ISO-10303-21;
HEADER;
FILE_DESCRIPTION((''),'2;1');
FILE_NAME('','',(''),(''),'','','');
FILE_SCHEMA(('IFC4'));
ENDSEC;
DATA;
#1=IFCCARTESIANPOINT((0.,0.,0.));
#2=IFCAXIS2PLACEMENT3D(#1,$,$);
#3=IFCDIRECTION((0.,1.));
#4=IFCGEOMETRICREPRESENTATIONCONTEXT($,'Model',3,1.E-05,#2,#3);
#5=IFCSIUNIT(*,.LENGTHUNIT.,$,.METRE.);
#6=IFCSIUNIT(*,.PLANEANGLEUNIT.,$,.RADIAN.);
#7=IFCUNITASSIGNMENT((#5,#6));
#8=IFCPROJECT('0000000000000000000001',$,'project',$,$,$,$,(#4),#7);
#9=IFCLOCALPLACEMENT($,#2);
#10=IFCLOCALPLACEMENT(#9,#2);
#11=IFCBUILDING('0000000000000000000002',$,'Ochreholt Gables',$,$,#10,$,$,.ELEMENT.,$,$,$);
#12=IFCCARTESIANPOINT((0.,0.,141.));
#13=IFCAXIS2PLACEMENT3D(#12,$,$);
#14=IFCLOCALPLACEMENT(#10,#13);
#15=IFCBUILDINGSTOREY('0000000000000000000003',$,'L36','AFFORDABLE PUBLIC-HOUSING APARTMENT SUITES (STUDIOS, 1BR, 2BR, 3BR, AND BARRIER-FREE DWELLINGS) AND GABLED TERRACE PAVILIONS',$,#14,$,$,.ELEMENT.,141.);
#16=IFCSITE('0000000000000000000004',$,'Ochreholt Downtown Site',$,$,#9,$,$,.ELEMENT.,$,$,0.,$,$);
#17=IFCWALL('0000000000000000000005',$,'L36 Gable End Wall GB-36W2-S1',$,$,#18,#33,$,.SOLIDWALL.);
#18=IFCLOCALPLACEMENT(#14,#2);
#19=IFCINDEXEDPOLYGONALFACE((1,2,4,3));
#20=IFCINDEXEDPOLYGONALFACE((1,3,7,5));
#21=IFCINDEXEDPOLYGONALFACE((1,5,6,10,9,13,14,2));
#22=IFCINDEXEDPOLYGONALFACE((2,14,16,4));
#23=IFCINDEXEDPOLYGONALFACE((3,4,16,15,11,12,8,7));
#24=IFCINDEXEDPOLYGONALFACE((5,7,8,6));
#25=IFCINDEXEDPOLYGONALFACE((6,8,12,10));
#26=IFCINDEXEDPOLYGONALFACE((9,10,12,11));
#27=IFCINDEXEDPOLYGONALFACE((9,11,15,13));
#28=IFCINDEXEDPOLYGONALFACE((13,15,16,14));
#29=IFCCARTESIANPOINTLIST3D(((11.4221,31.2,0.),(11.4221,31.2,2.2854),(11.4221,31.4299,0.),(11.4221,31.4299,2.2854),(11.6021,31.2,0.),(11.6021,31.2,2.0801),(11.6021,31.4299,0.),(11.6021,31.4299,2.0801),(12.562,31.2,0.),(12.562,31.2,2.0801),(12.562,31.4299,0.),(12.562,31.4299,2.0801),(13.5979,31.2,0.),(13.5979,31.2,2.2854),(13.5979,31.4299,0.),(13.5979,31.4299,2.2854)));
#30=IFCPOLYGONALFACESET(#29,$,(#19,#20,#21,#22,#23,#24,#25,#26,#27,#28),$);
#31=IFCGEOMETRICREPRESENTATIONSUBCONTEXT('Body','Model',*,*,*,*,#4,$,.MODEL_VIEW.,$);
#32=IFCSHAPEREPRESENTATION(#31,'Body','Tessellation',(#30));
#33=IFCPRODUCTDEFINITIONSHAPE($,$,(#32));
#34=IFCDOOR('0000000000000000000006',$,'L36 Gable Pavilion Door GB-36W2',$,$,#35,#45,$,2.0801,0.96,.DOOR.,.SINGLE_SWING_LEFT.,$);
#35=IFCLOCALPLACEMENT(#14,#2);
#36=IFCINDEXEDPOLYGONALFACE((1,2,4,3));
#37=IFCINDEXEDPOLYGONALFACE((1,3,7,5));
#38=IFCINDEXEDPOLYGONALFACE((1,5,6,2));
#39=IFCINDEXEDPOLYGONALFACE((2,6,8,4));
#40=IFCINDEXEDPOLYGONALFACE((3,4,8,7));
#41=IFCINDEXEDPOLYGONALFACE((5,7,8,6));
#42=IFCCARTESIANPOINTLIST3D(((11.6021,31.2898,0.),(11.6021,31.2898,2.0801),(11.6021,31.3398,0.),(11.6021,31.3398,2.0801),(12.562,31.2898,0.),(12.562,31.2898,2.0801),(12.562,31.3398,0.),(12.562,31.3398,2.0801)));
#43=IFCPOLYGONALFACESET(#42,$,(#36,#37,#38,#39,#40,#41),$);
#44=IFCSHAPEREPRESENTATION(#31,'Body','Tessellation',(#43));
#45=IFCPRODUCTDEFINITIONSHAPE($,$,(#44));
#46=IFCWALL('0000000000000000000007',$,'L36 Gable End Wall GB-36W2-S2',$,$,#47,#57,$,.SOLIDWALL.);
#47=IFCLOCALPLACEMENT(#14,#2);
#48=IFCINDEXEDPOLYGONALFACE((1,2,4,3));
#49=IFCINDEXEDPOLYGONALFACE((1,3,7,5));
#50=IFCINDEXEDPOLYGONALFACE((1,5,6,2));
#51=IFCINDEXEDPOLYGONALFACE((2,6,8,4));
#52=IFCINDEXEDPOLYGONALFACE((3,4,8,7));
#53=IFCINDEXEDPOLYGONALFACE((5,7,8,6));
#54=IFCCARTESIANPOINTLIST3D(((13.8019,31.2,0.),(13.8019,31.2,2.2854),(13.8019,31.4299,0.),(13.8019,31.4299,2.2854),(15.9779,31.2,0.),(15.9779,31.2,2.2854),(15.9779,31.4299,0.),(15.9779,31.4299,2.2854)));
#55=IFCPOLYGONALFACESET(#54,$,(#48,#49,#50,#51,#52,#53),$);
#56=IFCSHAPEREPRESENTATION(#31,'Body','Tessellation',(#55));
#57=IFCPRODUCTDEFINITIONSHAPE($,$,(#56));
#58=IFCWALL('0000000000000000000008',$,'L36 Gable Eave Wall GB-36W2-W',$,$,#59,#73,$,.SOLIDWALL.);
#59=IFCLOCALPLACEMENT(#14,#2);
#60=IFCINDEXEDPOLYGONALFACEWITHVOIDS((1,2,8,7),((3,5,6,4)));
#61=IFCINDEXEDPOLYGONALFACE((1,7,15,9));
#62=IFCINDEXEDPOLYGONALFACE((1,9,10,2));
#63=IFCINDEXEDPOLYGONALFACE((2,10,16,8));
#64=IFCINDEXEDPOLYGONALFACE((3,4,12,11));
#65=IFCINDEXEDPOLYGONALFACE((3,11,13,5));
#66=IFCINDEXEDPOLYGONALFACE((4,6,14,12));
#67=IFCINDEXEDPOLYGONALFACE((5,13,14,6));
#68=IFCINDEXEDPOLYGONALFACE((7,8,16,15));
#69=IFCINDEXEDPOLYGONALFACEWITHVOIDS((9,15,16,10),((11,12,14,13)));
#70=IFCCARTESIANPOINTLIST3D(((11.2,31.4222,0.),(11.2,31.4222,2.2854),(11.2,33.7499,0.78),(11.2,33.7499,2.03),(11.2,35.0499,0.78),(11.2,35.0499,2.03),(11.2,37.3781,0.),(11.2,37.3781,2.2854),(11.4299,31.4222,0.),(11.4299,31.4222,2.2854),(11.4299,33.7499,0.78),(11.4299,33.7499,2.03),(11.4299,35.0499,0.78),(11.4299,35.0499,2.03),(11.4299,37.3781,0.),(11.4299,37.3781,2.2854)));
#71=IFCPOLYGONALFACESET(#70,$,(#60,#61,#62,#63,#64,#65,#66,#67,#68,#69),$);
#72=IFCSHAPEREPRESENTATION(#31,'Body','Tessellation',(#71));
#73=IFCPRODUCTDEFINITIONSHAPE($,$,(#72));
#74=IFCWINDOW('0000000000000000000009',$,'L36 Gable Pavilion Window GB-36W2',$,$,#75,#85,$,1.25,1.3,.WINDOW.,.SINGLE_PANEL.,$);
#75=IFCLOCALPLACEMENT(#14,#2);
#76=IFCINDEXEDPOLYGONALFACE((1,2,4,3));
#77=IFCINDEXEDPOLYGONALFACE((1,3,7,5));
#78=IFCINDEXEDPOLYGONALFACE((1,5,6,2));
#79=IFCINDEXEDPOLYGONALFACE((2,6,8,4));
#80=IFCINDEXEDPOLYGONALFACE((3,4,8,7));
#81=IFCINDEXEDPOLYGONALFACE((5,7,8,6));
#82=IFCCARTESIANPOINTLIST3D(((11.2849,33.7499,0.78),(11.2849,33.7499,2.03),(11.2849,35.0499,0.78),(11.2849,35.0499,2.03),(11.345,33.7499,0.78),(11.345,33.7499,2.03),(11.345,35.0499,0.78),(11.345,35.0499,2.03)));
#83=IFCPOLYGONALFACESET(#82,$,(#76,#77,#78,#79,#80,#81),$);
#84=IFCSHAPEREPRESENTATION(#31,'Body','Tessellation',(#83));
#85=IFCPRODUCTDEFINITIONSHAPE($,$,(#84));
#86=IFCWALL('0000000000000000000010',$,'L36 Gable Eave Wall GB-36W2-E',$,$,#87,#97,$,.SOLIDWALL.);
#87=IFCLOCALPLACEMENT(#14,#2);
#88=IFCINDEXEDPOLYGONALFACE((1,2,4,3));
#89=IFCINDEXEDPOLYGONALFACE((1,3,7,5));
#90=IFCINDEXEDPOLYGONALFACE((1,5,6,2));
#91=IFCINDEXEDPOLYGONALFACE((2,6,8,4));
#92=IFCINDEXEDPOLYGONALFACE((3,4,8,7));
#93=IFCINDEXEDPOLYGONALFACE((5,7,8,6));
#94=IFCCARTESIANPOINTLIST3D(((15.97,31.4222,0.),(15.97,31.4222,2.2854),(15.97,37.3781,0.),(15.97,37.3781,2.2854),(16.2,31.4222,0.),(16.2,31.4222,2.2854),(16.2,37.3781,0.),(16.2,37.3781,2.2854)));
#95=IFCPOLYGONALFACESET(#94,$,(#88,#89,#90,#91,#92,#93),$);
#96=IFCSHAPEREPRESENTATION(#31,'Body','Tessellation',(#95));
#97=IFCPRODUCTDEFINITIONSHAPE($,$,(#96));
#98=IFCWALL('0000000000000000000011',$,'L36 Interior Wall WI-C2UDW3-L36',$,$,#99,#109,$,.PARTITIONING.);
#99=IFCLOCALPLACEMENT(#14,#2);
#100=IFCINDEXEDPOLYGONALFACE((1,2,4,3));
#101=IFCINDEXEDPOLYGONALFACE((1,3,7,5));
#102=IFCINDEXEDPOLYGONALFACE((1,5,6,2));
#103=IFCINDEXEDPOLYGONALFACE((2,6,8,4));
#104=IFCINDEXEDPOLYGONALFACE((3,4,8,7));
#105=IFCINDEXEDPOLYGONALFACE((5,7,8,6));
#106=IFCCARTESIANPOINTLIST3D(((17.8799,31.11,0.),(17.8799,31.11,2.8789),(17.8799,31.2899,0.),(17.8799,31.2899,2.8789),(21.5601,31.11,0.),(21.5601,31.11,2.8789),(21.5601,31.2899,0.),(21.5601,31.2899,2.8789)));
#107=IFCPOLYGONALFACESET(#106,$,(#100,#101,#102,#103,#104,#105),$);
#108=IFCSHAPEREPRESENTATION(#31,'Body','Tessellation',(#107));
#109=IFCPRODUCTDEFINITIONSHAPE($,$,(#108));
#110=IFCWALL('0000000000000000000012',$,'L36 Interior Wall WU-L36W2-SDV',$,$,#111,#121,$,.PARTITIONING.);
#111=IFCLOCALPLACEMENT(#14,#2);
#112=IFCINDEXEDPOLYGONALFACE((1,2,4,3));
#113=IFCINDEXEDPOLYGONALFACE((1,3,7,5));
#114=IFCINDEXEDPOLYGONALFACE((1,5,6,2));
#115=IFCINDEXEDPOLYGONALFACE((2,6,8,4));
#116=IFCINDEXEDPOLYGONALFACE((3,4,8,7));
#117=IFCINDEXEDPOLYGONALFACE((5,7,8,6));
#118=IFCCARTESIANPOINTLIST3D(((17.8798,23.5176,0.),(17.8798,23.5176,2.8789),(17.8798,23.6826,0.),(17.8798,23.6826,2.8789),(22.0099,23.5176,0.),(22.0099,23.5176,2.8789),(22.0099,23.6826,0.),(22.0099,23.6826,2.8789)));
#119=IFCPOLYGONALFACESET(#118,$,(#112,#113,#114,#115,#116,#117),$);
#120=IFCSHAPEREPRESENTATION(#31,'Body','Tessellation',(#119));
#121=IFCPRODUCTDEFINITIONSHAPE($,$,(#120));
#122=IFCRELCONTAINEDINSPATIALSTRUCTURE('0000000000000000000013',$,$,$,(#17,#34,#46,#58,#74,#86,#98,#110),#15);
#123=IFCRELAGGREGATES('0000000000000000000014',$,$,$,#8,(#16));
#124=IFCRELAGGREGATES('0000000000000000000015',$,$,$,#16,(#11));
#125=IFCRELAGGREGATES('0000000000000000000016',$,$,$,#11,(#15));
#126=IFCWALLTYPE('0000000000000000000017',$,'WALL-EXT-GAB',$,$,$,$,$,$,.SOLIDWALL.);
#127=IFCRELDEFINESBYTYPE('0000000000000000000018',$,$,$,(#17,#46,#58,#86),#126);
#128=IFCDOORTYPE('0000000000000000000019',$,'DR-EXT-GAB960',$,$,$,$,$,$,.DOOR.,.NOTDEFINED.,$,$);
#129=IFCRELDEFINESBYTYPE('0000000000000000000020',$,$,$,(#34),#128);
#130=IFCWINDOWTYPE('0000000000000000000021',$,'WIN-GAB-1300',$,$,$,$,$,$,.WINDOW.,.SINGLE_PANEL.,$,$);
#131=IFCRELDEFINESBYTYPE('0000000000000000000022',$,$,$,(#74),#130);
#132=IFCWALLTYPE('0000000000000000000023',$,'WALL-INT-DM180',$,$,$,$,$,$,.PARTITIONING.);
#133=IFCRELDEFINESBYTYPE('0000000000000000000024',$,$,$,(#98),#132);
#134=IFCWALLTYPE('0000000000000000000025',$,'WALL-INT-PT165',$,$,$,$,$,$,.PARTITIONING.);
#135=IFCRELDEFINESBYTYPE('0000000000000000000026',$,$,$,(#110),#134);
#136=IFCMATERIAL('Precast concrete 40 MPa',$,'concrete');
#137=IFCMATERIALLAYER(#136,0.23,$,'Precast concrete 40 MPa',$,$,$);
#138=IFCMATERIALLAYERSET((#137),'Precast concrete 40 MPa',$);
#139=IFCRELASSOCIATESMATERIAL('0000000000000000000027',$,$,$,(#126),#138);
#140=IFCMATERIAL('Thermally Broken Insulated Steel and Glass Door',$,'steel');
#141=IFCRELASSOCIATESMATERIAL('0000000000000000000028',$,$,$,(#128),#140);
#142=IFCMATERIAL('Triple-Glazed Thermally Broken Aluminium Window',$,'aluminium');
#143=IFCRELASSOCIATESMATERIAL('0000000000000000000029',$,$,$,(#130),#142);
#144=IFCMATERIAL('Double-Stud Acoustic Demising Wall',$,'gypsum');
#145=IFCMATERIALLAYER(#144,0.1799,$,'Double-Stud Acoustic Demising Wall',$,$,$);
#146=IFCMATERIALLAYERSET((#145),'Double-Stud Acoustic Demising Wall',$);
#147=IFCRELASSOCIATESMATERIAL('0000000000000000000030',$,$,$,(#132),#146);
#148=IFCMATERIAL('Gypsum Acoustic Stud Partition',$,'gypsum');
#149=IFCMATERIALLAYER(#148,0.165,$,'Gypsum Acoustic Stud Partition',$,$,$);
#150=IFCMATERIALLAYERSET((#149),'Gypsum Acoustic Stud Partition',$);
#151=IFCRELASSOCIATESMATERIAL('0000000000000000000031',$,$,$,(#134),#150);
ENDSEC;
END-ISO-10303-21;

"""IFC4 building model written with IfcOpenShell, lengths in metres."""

from ifc_helpers import new_model, si_unit, direction, frame, frame_2d, origin, place, context, subcontext, project, spatial, rectangle, extrude, material, layer, layer_set, type_object, element, fill, save


model = new_model("IFC4")

# Units and contexts
model_context = context("Model", 3, precision=1e-05, world=origin(), true_north=direction((0.0, 1.0)))
body_context = subcontext(model_context, "Body", "Model", "MODEL_VIEW")
ifc_project = project(units=[si_unit("LENGTHUNIT", "METRE"), si_unit("PLANEANGLEUNIT", "RADIAN")], contexts=[model_context])

# Site, building, storey
site_placement = place(None, origin())
site = spatial("IfcSite", under=ifc_project, at=site_placement, Name="Ochreholt Downtown Site", CompositionType="ELEMENT", RefElevation=0.0)
building_placement = place(site_placement, origin())
building = spatial("IfcBuilding", under=site, at=building_placement, Name="Ochreholt Gables", CompositionType="ELEMENT")
storey_placement = place(building_placement, frame((0.0, 0.0, 141.0)))
storey = spatial("IfcBuildingStorey", under=building, at=storey_placement, Name="L36", Description="AFFORDABLE PUBLIC-HOUSING APARTMENT SUITES (STUDIOS, 1BR, 2BR, 3BR, AND BARRIER-FREE DWELLINGS) AND GABLED TERRACE PAVILIONS", CompositionType="ELEMENT", Elevation=141.0)

# Shared definitions
ifc_material_1 = material(Name="Precast concrete 40 MPa", Category="concrete")

# Wall, opening, door
ifc_layer_1 = layer(ifc_material_1, 0.23, Name="Precast concrete 40 MPa")
ifc_layer_set_1 = layer_set([ifc_layer_1], Name="Precast concrete 40 MPa")
wall_type_1 = type_object("IfcWallType", Name="WALL-EXT-GAB", PredefinedType="SOLIDWALL", material=ifc_layer_set_1)
wall_1_placement = place(storey_placement, frame((11.4221, 31.3149, 0.0), z_axis=(0.0, 0.0, 1.0), x_axis=(1.0, 0.0, 0.0)))
wall_1 = element("IfcWall", 1, at=wall_1_placement, inside=storey, type_object=wall_type_1, Name="L36 Gable End Wall GB-36W2-S1", PredefinedType="SOLIDWALL", context=body_context, shape_type="SweptSolid", body=[
    extrude(rectangle(XDim=2.1758, YDim=0.23, at=frame_2d((1.0879, 0.0))), origin(), (0.0, 0.0, 1.0), 2.2854),
])
opening_1_placement = place(wall_1_placement, frame((0.1799, 0.0, 0.0)))
opening_1 = element("IfcOpeningElement", 2, at=opening_1_placement, cuts=wall_1, PredefinedType="OPENING", context=body_context, shape_type="SweptSolid", body=[
    extrude(rectangle(XDim=0.96, YDim=2.0801, at=frame_2d((0.48, 1.04))), frame((0.0, 0.125, 0.0), z_axis=(0.0, -1.0, 0.0), x_axis=(1.0, 0.0, 0.0)), (0.0, 0.0, 1.0), 0.25),
])
ifc_material_2 = material(Name="Thermally Broken Insulated Steel and Glass Door", Category="steel")
door_type = type_object("IfcDoorType", Name="DR-EXT-GAB960", OperationType="NOTDEFINED", PredefinedType="DOOR", material=ifc_material_2)
door_placement = place(opening_1_placement, origin())
door = element("IfcDoor", 3, at=door_placement, inside=storey, type_object=door_type, Name="L36 Gable Pavilion Door GB-36W2", OperationType="SINGLE_SWING_LEFT", OverallHeight=2.0801, OverallWidth=0.96, PredefinedType="DOOR", context=body_context, shape_type="SweptSolid", body=[
    extrude(rectangle(XDim=0.96, YDim=2.0801, at=frame_2d((0.48, 1.04))), frame((0.0, 0.0249, 0.0), z_axis=(0.0, -1.0, 0.0), x_axis=(1.0, 0.0, 0.0)), (0.0, 0.0, 1.0), 0.05),
])
fill(opening_1, door)

# Wall
wall_2_placement = place(storey_placement, frame((13.802, 31.3149, 0.0), z_axis=(0.0, 0.0, 1.0), x_axis=(1.0, 0.0, 0.0)))
element("IfcWall", 4, at=wall_2_placement, inside=storey, type_object=wall_type_1, Name="L36 Gable End Wall GB-36W2-S2", PredefinedType="SOLIDWALL", context=body_context, shape_type="SweptSolid", body=[
    extrude(rectangle(XDim=2.176, YDim=0.23, at=frame_2d((1.0879, 0.0))), origin(), (0.0, 0.0, 1.0), 2.2854),
])

# Wall, opening, window
wall_3_placement = place(storey_placement, frame((11.3149, 31.4221, 0.0), z_axis=(0.0, 0.0, 1.0), x_axis=(0.0, 1.0, 0.0)))
wall_3 = element("IfcWall", 5, at=wall_3_placement, inside=storey, type_object=wall_type_1, Name="L36 Gable Eave Wall GB-36W2-W", PredefinedType="SOLIDWALL", context=body_context, shape_type="SweptSolid", body=[
    extrude(rectangle(XDim=5.9558, YDim=0.23, at=frame_2d((2.978, 0.0))), origin(), (0.0, 0.0, 1.0), 2.2854),
])
opening_2_placement = place(wall_3_placement, frame((2.3279, 0.0, 0.78)))
opening_2 = element("IfcOpeningElement", 6, at=opening_2_placement, cuts=wall_3, PredefinedType="OPENING", context=body_context, shape_type="SweptSolid", body=[
    extrude(rectangle(XDim=1.3, YDim=1.25, at=frame_2d((0.6499, 0.625))), frame((0.0, 0.125, 0.0), z_axis=(0.0, -1.0, 0.0), x_axis=(1.0, 0.0, 0.0)), (0.0, 0.0, 1.0), 0.25),
])
ifc_material_3 = material(Name="Triple-Glazed Thermally Broken Aluminium Window", Category="aluminium")
window_type = type_object("IfcWindowType", Name="WIN-GAB-1300", PartitioningType="SINGLE_PANEL", PredefinedType="WINDOW", material=ifc_material_3)
window_placement = place(opening_2_placement, origin())
window = element("IfcWindow", 7, at=window_placement, inside=storey, type_object=window_type, Name="L36 Gable Pavilion Window GB-36W2", OverallHeight=1.25, OverallWidth=1.3, PartitioningType="SINGLE_PANEL", PredefinedType="WINDOW", context=body_context, shape_type="SweptSolid", body=[
    extrude(rectangle(XDim=1.3, YDim=1.25, at=frame_2d((0.6499, 0.625))), frame((0.0, 0.03, 0.0), z_axis=(0.0, -1.0, 0.0), x_axis=(1.0, 0.0, 0.0)), (0.0, 0.0, 1.0), 0.0601),
])
fill(opening_2, window)

# Walls
wall_4_placement = place(storey_placement, frame((16.085, 31.4221, 0.0), z_axis=(0.0, 0.0, 1.0), x_axis=(0.0, 1.0, 0.0)))
element("IfcWall", 8, at=wall_4_placement, inside=storey, type_object=wall_type_1, Name="L36 Gable Eave Wall GB-36W2-E", PredefinedType="SOLIDWALL", context=body_context, shape_type="SweptSolid", body=[
    extrude(rectangle(XDim=5.9558, YDim=0.23, at=frame_2d((2.978, 0.0))), origin(), (0.0, 0.0, 1.0), 2.2854),
])
ifc_material_4 = material(Name="Double-Stud Acoustic Demising Wall", Category="gypsum")
ifc_layer_2 = layer(ifc_material_4, 0.1799, Name="Double-Stud Acoustic Demising Wall")
ifc_layer_set_2 = layer_set([ifc_layer_2], Name="Double-Stud Acoustic Demising Wall")
wall_type_2 = type_object("IfcWallType", Name="WALL-INT-DM180", PredefinedType="PARTITIONING", material=ifc_layer_set_2)
wall_5_placement = place(storey_placement, frame((17.8799, 31.2, 0.0), z_axis=(0.0, 0.0, 1.0), x_axis=(1.0, 0.0, 0.0)))
element("IfcWall", 9, at=wall_5_placement, inside=storey, type_object=wall_type_2, Name="L36 Interior Wall WI-C2UDW3-L36", PredefinedType="PARTITIONING", context=body_context, shape_type="SweptSolid", body=[
    extrude(rectangle(XDim=3.6802, YDim=0.1799, at=frame_2d((1.8401, 0.0))), origin(), (0.0, 0.0, 1.0), 2.8789),
])
ifc_material_5 = material(Name="Gypsum Acoustic Stud Partition", Category="gypsum")
ifc_layer_3 = layer(ifc_material_5, 0.165, Name="Gypsum Acoustic Stud Partition")
ifc_layer_set_3 = layer_set([ifc_layer_3], Name="Gypsum Acoustic Stud Partition")
wall_type_3 = type_object("IfcWallType", Name="WALL-INT-PT165", PredefinedType="PARTITIONING", material=ifc_layer_set_3)
wall_6_placement = place(storey_placement, frame((17.8799, 23.6001, 0.0), z_axis=(0.0, 0.0, 1.0), x_axis=(1.0, 0.0, 0.0)))
element("IfcWall", 10, at=wall_6_placement, inside=storey, type_object=wall_type_3, Name="L36 Interior Wall WU-L36W2-SDV", PredefinedType="PARTITIONING", context=body_context, shape_type="SweptSolid", body=[
    extrude(rectangle(XDim=4.1301, YDim=0.165, at=frame_2d((2.0649, 0.0))), origin(), (0.0, 0.0, 1.0), 2.8789),
])

save(model, "model.ifc")
